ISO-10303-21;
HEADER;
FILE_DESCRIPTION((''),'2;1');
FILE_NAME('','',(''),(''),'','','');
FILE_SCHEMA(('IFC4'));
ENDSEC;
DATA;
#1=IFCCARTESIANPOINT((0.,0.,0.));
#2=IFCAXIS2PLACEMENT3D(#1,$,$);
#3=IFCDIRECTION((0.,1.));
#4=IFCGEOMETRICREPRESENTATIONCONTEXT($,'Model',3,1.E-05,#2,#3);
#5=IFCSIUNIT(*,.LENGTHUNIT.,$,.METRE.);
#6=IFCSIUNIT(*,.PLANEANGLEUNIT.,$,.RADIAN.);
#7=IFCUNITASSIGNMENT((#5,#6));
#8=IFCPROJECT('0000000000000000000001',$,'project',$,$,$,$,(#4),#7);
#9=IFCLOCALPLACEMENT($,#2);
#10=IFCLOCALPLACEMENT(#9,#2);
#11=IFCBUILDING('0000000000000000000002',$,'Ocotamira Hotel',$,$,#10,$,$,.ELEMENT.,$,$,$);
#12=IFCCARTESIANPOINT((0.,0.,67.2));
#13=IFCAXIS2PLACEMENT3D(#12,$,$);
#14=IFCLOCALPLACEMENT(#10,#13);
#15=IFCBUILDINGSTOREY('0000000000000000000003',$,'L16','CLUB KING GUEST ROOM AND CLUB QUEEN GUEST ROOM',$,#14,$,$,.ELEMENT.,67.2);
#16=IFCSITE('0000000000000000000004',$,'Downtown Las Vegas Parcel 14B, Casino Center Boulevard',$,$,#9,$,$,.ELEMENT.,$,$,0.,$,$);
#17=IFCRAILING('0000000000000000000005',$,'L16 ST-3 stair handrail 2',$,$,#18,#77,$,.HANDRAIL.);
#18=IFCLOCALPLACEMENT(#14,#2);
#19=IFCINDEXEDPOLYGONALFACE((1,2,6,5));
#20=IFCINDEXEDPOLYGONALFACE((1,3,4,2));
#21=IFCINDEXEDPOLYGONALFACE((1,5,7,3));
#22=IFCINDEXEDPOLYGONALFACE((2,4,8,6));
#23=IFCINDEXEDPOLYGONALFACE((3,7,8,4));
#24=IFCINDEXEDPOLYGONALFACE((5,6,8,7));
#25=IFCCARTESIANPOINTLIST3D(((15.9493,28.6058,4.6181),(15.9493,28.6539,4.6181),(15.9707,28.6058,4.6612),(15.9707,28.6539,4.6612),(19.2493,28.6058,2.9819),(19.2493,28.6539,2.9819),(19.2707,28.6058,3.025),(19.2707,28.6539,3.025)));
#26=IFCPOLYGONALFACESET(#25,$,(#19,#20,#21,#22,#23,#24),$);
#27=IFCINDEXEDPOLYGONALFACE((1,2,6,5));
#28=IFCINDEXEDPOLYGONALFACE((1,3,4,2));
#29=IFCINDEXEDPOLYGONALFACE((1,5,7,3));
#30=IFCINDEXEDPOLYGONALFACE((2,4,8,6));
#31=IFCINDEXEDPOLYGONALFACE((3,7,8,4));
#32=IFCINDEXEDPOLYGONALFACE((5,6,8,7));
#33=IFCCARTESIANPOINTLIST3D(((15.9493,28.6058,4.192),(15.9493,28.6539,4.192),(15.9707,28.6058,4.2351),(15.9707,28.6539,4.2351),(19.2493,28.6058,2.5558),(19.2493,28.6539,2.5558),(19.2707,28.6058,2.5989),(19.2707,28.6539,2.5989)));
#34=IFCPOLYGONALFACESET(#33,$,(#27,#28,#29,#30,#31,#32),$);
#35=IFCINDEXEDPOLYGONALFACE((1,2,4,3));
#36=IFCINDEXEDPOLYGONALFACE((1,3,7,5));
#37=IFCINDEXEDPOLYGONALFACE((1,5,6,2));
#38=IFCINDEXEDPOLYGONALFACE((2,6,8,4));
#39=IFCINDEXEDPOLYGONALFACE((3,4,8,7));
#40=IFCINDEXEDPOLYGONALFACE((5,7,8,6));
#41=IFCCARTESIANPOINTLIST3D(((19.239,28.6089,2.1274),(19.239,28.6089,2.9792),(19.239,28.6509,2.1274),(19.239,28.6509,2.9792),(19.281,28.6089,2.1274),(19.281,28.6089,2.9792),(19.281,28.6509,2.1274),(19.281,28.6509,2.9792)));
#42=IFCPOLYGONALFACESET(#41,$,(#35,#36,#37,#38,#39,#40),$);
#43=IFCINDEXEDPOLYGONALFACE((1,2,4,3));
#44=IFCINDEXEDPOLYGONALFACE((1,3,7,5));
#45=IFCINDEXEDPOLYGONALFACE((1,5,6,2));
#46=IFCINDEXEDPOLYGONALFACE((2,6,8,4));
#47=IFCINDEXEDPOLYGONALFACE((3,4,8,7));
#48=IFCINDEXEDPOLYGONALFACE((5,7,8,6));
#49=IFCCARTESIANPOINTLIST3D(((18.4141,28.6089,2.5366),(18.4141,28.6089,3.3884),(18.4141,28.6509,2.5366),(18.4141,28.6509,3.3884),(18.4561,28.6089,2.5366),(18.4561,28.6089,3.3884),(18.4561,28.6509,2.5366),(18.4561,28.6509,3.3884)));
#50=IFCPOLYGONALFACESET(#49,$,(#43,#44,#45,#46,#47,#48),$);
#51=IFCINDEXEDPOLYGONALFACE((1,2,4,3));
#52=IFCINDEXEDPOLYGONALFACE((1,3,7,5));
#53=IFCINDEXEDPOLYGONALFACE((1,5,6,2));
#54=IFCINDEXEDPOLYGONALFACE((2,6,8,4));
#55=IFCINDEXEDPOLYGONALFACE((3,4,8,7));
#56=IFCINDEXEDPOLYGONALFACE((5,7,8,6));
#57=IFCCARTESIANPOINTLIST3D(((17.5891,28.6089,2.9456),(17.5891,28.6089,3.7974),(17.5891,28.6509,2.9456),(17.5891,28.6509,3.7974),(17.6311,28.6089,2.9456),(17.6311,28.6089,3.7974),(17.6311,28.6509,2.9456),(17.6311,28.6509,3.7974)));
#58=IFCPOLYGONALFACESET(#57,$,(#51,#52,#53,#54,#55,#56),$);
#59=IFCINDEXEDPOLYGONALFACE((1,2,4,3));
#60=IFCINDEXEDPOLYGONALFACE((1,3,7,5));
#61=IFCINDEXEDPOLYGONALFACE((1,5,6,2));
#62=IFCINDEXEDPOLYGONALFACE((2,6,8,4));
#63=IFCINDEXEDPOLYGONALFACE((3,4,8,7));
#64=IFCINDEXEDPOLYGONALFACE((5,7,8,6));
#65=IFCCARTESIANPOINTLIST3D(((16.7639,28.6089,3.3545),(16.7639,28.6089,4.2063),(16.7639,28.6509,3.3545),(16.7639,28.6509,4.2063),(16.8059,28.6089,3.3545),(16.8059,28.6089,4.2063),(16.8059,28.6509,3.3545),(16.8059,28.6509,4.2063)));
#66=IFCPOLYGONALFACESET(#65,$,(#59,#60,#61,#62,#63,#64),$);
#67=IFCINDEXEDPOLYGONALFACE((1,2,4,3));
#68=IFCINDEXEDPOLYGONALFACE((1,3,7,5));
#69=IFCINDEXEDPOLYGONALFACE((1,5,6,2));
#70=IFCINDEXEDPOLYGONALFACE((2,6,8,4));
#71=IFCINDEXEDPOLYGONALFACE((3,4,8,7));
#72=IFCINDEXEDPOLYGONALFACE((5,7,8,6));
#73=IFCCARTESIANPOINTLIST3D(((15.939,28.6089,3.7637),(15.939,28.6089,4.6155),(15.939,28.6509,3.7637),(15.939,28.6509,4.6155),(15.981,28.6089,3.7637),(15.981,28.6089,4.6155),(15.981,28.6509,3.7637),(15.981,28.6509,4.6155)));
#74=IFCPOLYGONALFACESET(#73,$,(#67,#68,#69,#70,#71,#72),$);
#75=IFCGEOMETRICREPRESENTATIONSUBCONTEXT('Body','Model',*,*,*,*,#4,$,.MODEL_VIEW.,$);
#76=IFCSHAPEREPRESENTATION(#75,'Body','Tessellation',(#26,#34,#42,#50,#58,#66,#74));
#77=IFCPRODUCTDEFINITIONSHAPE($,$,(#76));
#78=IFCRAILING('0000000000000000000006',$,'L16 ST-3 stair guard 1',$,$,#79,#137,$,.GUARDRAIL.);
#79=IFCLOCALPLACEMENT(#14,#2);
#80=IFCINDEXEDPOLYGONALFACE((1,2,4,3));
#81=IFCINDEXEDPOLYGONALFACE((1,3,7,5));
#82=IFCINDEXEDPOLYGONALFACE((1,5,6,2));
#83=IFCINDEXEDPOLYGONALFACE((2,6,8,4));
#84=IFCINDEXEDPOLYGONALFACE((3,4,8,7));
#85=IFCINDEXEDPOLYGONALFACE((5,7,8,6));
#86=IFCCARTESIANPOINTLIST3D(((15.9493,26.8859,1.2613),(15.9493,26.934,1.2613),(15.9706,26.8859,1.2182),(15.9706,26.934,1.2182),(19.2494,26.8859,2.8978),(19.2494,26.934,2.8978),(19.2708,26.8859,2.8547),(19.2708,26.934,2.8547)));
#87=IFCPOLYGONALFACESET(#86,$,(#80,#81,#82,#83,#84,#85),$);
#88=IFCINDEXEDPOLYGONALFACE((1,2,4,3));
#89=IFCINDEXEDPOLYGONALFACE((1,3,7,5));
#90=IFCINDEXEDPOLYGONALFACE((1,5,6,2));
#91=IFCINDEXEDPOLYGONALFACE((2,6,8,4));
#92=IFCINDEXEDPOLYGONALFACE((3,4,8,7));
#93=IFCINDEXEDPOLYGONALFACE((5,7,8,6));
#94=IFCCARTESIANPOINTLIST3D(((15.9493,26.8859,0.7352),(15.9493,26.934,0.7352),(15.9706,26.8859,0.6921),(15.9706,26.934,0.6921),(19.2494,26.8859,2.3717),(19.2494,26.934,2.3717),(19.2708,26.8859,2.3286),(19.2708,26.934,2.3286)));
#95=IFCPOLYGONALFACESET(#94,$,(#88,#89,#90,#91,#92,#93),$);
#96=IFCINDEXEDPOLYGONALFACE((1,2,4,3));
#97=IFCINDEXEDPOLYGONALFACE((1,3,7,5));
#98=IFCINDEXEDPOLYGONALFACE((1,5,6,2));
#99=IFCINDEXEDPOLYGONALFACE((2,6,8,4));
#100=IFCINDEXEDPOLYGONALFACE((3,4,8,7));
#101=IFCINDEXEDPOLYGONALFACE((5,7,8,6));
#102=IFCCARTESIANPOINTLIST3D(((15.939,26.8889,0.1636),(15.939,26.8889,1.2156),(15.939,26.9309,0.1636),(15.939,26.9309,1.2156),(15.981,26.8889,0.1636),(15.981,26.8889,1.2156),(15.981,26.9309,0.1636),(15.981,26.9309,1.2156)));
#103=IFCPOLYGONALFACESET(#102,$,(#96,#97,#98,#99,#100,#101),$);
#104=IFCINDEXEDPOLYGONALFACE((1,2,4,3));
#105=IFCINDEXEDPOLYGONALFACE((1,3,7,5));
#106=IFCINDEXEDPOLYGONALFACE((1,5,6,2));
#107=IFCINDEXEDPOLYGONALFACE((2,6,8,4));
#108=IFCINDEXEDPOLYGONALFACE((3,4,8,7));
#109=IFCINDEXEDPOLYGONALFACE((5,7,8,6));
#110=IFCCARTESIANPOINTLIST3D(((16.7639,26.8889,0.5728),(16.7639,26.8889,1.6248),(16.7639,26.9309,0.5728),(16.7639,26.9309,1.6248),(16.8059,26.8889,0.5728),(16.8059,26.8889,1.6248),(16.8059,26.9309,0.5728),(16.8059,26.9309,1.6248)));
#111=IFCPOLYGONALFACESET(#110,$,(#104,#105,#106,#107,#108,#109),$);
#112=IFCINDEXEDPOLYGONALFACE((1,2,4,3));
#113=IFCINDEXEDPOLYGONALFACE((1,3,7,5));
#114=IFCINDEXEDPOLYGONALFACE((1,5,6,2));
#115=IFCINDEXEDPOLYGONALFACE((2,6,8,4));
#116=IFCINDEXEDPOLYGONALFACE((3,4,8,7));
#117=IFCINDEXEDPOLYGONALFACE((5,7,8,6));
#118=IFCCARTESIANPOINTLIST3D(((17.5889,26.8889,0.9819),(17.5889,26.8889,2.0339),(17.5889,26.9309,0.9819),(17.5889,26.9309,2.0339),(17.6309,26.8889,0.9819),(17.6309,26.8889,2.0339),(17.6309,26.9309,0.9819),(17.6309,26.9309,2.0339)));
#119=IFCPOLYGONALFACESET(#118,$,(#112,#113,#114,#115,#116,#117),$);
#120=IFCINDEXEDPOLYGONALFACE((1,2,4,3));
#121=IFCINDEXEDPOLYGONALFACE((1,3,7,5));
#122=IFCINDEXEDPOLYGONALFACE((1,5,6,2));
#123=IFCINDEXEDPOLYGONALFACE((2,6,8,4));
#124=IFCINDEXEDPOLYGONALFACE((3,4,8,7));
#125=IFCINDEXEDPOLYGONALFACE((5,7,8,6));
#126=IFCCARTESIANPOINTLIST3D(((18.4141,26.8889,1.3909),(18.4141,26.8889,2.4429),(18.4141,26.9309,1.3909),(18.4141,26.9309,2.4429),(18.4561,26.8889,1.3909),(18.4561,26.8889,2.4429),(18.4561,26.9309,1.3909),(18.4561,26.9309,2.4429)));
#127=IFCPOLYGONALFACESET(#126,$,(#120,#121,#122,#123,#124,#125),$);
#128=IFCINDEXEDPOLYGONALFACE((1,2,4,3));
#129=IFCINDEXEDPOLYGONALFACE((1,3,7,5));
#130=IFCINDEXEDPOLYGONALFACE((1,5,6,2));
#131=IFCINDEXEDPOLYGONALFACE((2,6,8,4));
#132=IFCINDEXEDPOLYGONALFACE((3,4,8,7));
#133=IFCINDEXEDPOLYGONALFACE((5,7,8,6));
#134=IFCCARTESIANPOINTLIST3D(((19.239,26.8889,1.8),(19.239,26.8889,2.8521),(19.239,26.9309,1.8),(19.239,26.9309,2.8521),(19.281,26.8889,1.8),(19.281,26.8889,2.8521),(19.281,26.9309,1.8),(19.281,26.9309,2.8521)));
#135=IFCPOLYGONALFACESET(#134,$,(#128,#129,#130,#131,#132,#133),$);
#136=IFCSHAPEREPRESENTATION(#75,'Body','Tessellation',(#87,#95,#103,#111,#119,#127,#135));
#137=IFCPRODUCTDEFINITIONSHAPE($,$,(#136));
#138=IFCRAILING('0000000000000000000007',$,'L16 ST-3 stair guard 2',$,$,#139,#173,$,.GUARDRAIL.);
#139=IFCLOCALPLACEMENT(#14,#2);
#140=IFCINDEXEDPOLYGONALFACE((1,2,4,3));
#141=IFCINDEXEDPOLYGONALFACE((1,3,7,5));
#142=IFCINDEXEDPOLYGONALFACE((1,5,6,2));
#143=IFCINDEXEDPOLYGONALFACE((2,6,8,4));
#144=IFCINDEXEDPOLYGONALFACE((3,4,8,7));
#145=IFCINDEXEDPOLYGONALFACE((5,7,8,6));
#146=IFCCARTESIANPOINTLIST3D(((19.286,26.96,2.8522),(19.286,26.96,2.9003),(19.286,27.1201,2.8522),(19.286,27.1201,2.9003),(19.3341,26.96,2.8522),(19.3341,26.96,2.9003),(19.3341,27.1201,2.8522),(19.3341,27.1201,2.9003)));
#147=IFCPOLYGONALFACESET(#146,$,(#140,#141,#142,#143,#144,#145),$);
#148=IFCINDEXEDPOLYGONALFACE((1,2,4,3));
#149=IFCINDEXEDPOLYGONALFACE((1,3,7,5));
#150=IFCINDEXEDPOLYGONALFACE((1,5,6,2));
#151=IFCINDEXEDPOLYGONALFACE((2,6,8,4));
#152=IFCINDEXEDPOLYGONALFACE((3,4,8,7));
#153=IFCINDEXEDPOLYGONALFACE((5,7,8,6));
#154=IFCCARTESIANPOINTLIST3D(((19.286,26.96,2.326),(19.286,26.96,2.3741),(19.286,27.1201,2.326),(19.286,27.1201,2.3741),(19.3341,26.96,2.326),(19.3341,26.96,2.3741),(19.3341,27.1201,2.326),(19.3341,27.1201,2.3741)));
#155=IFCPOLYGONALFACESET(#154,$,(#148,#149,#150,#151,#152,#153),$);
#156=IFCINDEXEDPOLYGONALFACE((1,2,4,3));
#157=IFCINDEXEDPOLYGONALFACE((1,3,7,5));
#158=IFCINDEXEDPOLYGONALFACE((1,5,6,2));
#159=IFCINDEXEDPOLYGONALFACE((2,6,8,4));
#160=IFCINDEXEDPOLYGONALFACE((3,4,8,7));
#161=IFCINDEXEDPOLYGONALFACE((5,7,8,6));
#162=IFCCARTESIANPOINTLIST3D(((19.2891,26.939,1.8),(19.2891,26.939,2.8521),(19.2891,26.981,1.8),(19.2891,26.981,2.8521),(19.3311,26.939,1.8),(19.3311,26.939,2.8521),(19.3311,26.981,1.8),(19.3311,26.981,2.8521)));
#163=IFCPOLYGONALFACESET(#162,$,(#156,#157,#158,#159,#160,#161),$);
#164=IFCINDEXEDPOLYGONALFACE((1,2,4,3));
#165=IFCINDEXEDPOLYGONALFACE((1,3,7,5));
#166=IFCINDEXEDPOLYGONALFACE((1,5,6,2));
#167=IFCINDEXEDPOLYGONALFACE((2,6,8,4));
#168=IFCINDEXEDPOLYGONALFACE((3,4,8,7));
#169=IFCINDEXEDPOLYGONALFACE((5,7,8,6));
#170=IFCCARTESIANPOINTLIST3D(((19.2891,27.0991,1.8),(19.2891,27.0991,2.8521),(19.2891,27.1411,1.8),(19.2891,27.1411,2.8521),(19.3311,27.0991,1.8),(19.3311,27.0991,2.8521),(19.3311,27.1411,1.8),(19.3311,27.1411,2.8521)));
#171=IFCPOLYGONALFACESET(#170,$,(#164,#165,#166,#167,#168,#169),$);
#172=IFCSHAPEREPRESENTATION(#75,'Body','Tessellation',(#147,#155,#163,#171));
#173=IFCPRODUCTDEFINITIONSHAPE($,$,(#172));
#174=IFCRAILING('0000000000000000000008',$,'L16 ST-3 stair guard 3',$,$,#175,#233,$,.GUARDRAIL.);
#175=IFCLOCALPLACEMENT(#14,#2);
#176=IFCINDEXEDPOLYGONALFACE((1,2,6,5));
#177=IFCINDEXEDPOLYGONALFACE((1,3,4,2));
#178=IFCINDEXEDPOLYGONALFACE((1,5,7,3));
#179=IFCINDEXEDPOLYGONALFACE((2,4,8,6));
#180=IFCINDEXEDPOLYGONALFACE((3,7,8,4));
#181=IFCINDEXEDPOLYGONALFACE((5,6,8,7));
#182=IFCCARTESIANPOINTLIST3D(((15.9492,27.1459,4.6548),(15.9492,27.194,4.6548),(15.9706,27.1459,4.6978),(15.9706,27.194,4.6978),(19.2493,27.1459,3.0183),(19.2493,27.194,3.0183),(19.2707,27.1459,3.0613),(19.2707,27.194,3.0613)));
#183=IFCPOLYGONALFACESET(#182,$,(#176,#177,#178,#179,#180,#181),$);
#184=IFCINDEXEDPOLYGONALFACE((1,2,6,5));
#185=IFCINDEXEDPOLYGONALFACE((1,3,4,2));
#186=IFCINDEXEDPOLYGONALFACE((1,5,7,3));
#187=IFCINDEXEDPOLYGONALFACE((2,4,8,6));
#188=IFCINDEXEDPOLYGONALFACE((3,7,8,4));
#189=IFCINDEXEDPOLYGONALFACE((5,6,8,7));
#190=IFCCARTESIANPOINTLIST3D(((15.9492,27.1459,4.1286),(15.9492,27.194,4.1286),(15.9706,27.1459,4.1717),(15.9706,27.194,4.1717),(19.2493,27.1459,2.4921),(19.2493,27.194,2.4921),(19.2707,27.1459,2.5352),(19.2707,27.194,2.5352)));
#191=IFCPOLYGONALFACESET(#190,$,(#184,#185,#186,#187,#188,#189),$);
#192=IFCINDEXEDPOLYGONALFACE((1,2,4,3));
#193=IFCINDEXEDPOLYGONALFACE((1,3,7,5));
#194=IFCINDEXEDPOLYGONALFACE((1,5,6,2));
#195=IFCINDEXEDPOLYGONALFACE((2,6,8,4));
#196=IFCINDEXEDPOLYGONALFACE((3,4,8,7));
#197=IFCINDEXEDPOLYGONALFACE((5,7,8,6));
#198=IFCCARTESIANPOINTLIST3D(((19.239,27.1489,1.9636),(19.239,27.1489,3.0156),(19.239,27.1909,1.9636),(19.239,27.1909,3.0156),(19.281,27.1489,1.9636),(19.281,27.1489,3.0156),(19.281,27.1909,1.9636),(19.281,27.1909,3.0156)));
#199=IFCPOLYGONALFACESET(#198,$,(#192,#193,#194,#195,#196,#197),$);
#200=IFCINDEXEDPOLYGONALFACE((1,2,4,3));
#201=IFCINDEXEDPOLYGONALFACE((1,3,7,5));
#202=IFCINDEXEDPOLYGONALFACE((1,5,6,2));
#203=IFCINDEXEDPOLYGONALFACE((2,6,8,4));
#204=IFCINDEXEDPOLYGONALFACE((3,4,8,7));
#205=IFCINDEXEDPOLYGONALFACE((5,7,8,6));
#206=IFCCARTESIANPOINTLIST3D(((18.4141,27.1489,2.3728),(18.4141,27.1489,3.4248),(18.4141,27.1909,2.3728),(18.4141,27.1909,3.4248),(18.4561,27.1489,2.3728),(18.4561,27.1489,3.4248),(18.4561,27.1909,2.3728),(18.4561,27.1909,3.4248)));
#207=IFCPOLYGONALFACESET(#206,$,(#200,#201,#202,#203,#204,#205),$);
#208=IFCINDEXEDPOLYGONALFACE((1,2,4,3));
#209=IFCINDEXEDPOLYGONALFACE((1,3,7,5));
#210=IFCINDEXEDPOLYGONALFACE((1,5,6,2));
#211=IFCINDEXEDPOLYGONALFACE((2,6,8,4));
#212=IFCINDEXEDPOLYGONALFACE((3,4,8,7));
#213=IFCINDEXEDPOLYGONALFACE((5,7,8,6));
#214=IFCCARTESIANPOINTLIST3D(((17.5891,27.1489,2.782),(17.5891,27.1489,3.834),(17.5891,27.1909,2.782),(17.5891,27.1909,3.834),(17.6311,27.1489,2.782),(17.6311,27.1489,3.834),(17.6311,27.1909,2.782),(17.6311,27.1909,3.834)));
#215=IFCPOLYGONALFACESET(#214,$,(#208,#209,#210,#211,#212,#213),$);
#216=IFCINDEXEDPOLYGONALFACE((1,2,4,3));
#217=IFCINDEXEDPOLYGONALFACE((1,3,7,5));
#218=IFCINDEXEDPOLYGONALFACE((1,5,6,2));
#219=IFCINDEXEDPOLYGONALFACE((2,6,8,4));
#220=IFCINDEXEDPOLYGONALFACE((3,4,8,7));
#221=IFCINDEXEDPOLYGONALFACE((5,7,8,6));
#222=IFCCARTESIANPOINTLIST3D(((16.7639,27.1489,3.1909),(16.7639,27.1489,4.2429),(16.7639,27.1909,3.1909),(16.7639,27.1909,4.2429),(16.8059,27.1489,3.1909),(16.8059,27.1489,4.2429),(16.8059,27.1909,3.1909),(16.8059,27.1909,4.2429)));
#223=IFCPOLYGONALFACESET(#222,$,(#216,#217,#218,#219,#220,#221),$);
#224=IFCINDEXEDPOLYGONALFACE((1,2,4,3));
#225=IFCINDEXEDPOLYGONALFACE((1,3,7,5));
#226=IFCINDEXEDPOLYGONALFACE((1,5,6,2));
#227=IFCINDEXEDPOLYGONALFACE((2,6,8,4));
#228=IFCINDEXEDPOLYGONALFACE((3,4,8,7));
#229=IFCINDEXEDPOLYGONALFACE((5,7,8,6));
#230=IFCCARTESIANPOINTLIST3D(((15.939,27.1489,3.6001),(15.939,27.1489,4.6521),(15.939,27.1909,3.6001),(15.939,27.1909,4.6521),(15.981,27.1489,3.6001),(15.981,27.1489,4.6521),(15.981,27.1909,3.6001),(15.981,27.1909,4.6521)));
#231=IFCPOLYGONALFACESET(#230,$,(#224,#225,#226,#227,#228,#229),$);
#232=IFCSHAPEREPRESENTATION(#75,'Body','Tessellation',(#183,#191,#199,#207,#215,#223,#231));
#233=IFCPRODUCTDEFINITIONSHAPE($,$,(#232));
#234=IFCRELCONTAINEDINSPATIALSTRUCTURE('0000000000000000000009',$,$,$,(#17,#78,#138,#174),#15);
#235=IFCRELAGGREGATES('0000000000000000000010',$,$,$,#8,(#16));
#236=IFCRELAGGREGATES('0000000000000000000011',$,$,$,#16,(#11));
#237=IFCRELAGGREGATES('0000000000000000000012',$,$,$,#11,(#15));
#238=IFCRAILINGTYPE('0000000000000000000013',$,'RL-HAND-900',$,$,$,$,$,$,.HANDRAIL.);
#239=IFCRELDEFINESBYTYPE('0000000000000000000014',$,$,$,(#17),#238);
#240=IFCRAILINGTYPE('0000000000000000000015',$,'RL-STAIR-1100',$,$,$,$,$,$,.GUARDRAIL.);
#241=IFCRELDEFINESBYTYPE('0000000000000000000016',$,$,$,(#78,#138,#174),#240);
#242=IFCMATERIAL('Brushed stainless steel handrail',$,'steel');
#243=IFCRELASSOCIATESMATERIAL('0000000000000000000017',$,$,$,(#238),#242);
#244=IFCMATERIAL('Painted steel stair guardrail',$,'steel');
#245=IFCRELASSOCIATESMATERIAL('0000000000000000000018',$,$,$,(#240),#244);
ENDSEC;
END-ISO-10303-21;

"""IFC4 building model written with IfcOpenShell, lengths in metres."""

from ifc_helpers import new_model, si_unit, direction, frame, origin, origin_2d, place, context, subcontext, project, spatial, rectangle, extrude, material, type_object, element, save


model = new_model("IFC4")

# Units and contexts
model_context = context("Model", 3, precision=1e-05, world=origin(), true_north=direction((0.0, 1.0)))
body_context = subcontext(model_context, "Body", "Model", "MODEL_VIEW")
ifc_project = project(units=[si_unit("LENGTHUNIT", "METRE"), si_unit("PLANEANGLEUNIT", "RADIAN")], contexts=[model_context])

# Site, building, storey
site_placement = place(None, origin())
site = spatial("IfcSite", under=ifc_project, at=site_placement, Name="Downtown Las Vegas Parcel 14B, Casino Center Boulevard", CompositionType="ELEMENT", RefElevation=0.0)
building_placement = place(site_placement, origin())
building = spatial("IfcBuilding", under=site, at=building_placement, Name="Ocotamira Hotel", CompositionType="ELEMENT")
storey_placement = place(building_placement, frame((0.0, 0.0, 67.2)))
storey = spatial("IfcBuildingStorey", under=building, at=storey_placement, Name="L16", Description="CLUB KING GUEST ROOM AND CLUB QUEEN GUEST ROOM", CompositionType="ELEMENT", Elevation=67.2)

# Railings
ifc_material_1 = material(Name="Brushed stainless steel handrail", Category="steel")
railing_type_1 = type_object("IfcRailingType", Name="RL-HAND-900", PredefinedType="HANDRAIL", material=ifc_material_1)
railing_1_placement = place(storey_placement, frame((19.26, 28.6299, 2.1274)))
element("IfcRailing", 1, at=railing_1_placement, inside=storey, type_object=railing_type_1, Name="L16 ST-3 stair handrail 2", PredefinedType="HANDRAIL", context=body_context, shape_type="SweptSolid", body=[
    extrude(rectangle(XDim=0.0481, YDim=0.0481, at=origin_2d()), frame((0.0, 0.0, 0.876), z_axis=(-0.89592, 0.0, 0.444215), x_axis=(0.0, -1.0, 0.0)), (0.0, 0.0, 1.0), 3.6833),
    extrude(rectangle(XDim=0.0481, YDim=0.0481, at=origin_2d()), frame((0.0, 0.0, 0.45), z_axis=(-0.89592, 0.0, 0.444215), x_axis=(0.0, -1.0, 0.0)), (0.0, 0.0, 1.0), 3.6833),
    extrude(rectangle(XDim=0.042, YDim=0.042, at=origin_2d()), origin(), (0.0, 0.0, 1.0), 0.8518),
    extrude(rectangle(XDim=0.042, YDim=0.042, at=origin_2d()), frame((-0.825, 0.0, 0.4092)), (0.0, 0.0, 1.0), 0.8518),
    extrude(rectangle(XDim=0.042, YDim=0.042, at=origin_2d()), frame((-1.6499, 0.0, 0.8181)), (0.0, 0.0, 1.0), 0.8518),
    extrude(rectangle(XDim=0.042, YDim=0.042, at=origin_2d()), frame((-2.4751, 0.0, 1.2271)), (0.0, 0.0, 1.0), 0.8518),
    extrude(rectangle(XDim=0.042, YDim=0.042, at=origin_2d()), frame((-3.3, 0.0, 1.6362)), (0.0, 0.0, 1.0), 0.8518),
])
ifc_material_2 = material(Name="Painted steel stair guardrail", Category="steel")
railing_type_2 = type_object("IfcRailingType", Name="RL-STAIR-1100", PredefinedType="GUARDRAIL", material=ifc_material_2)
railing_2_placement = place(storey_placement, frame((15.96, 26.9099, 0.1636)))
element("IfcRailing", 2, at=railing_2_placement, inside=storey, type_object=railing_type_2, Name="L16 ST-3 stair guard 1", PredefinedType="GUARDRAIL", context=body_context, shape_type="SweptSolid", body=[
    extrude(rectangle(XDim=0.0481, YDim=0.0481, at=origin_2d()), frame((0.0, 0.0, 1.0762), z_axis=(0.895894, 0.0, 0.444268), x_axis=(0.0, 1.0, 0.0)), (0.0, 0.0, 1.0), 3.6836),
    extrude(rectangle(XDim=0.0481, YDim=0.0481, at=origin_2d()), frame((0.0, 0.0, 0.55), z_axis=(0.895894, 0.0, 0.444268), x_axis=(0.0, 1.0, 0.0)), (0.0, 0.0, 1.0), 3.6836),
    extrude(rectangle(XDim=0.042, YDim=0.042, at=origin_2d()), origin(), (0.0, 0.0, 1.0), 1.052),
    extrude(rectangle(XDim=0.042, YDim=0.042, at=origin_2d()), frame((0.825, 0.0, 0.4092)), (0.0, 0.0, 1.0), 1.052),
    extrude(rectangle(XDim=0.042, YDim=0.042, at=origin_2d()), frame((1.6499, 0.0, 0.8184)), (0.0, 0.0, 1.0), 1.052),
    extrude(rectangle(XDim=0.042, YDim=0.042, at=origin_2d()), frame((2.4751, 0.0, 1.2273)), (0.0, 0.0, 1.0), 1.052),
    extrude(rectangle(XDim=0.042, YDim=0.042, at=origin_2d()), frame((3.3, 0.0, 1.6365)), (0.0, 0.0, 1.0), 1.052),
])
railing_3_placement = place(storey_placement, frame((19.3101, 26.96, 1.8)))
element("IfcRailing", 3, at=railing_3_placement, inside=storey, type_object=railing_type_2, Name="L16 ST-3 stair guard 2", PredefinedType="GUARDRAIL", context=body_context, shape_type="SweptSolid", body=[
    extrude(rectangle(XDim=0.0481, YDim=0.0481, at=origin_2d()), frame((0.0, 0.0, 1.0762), z_axis=(0.0, 1.0, 0.0), x_axis=(-1.0, 0.0, 0.0)), (0.0, 0.0, 1.0), 0.1602),
    extrude(rectangle(XDim=0.0481, YDim=0.0481, at=origin_2d()), frame((0.0, 0.0, 0.55), z_axis=(0.0, 1.0, 0.0), x_axis=(-1.0, 0.0, 0.0)), (0.0, 0.0, 1.0), 0.1602),
    extrude(rectangle(XDim=0.042, YDim=0.042, at=origin_2d()), origin(), (0.0, 0.0, 1.0), 1.052),
    extrude(rectangle(XDim=0.042, YDim=0.042, at=origin_2d()), frame((0.0, 0.1602, 0.0)), (0.0, 0.0, 1.0), 1.052),
])
railing_4_placement = place(storey_placement, frame((19.26, 27.1699, 1.9636)))
element("IfcRailing", 4, at=railing_4_placement, inside=storey, type_object=railing_type_2, Name="L16 ST-3 stair guard 3", PredefinedType="GUARDRAIL", context=body_context, shape_type="SweptSolid", body=[
    extrude(rectangle(XDim=0.0481, YDim=0.0481, at=origin_2d()), frame((0.0, 0.0, 1.0762), z_axis=(-0.895894, 0.0, 0.444268), x_axis=(0.0, -1.0, 0.0)), (0.0, 0.0, 1.0), 3.6836),
    extrude(rectangle(XDim=0.0481, YDim=0.0481, at=origin_2d()), frame((0.0, 0.0, 0.55), z_axis=(-0.895894, 0.0, 0.444268), x_axis=(0.0, -1.0, 0.0)), (0.0, 0.0, 1.0), 3.6836),
    extrude(rectangle(XDim=0.042, YDim=0.042, at=origin_2d()), origin(), (0.0, 0.0, 1.0), 1.052),
    extrude(rectangle(XDim=0.042, YDim=0.042, at=origin_2d()), frame((-0.825, 0.0, 0.4092)), (0.0, 0.0, 1.0), 1.052),
    extrude(rectangle(XDim=0.042, YDim=0.042, at=origin_2d()), frame((-1.6499, 0.0, 0.8184)), (0.0, 0.0, 1.0), 1.052),
    extrude(rectangle(XDim=0.042, YDim=0.042, at=origin_2d()), frame((-2.4751, 0.0, 1.2273)), (0.0, 0.0, 1.0), 1.052),
    extrude(rectangle(XDim=0.042, YDim=0.042, at=origin_2d()), frame((-3.3, 0.0, 1.6365)), (0.0, 0.0, 1.0), 1.052),
])

save(model, "model.ifc")
